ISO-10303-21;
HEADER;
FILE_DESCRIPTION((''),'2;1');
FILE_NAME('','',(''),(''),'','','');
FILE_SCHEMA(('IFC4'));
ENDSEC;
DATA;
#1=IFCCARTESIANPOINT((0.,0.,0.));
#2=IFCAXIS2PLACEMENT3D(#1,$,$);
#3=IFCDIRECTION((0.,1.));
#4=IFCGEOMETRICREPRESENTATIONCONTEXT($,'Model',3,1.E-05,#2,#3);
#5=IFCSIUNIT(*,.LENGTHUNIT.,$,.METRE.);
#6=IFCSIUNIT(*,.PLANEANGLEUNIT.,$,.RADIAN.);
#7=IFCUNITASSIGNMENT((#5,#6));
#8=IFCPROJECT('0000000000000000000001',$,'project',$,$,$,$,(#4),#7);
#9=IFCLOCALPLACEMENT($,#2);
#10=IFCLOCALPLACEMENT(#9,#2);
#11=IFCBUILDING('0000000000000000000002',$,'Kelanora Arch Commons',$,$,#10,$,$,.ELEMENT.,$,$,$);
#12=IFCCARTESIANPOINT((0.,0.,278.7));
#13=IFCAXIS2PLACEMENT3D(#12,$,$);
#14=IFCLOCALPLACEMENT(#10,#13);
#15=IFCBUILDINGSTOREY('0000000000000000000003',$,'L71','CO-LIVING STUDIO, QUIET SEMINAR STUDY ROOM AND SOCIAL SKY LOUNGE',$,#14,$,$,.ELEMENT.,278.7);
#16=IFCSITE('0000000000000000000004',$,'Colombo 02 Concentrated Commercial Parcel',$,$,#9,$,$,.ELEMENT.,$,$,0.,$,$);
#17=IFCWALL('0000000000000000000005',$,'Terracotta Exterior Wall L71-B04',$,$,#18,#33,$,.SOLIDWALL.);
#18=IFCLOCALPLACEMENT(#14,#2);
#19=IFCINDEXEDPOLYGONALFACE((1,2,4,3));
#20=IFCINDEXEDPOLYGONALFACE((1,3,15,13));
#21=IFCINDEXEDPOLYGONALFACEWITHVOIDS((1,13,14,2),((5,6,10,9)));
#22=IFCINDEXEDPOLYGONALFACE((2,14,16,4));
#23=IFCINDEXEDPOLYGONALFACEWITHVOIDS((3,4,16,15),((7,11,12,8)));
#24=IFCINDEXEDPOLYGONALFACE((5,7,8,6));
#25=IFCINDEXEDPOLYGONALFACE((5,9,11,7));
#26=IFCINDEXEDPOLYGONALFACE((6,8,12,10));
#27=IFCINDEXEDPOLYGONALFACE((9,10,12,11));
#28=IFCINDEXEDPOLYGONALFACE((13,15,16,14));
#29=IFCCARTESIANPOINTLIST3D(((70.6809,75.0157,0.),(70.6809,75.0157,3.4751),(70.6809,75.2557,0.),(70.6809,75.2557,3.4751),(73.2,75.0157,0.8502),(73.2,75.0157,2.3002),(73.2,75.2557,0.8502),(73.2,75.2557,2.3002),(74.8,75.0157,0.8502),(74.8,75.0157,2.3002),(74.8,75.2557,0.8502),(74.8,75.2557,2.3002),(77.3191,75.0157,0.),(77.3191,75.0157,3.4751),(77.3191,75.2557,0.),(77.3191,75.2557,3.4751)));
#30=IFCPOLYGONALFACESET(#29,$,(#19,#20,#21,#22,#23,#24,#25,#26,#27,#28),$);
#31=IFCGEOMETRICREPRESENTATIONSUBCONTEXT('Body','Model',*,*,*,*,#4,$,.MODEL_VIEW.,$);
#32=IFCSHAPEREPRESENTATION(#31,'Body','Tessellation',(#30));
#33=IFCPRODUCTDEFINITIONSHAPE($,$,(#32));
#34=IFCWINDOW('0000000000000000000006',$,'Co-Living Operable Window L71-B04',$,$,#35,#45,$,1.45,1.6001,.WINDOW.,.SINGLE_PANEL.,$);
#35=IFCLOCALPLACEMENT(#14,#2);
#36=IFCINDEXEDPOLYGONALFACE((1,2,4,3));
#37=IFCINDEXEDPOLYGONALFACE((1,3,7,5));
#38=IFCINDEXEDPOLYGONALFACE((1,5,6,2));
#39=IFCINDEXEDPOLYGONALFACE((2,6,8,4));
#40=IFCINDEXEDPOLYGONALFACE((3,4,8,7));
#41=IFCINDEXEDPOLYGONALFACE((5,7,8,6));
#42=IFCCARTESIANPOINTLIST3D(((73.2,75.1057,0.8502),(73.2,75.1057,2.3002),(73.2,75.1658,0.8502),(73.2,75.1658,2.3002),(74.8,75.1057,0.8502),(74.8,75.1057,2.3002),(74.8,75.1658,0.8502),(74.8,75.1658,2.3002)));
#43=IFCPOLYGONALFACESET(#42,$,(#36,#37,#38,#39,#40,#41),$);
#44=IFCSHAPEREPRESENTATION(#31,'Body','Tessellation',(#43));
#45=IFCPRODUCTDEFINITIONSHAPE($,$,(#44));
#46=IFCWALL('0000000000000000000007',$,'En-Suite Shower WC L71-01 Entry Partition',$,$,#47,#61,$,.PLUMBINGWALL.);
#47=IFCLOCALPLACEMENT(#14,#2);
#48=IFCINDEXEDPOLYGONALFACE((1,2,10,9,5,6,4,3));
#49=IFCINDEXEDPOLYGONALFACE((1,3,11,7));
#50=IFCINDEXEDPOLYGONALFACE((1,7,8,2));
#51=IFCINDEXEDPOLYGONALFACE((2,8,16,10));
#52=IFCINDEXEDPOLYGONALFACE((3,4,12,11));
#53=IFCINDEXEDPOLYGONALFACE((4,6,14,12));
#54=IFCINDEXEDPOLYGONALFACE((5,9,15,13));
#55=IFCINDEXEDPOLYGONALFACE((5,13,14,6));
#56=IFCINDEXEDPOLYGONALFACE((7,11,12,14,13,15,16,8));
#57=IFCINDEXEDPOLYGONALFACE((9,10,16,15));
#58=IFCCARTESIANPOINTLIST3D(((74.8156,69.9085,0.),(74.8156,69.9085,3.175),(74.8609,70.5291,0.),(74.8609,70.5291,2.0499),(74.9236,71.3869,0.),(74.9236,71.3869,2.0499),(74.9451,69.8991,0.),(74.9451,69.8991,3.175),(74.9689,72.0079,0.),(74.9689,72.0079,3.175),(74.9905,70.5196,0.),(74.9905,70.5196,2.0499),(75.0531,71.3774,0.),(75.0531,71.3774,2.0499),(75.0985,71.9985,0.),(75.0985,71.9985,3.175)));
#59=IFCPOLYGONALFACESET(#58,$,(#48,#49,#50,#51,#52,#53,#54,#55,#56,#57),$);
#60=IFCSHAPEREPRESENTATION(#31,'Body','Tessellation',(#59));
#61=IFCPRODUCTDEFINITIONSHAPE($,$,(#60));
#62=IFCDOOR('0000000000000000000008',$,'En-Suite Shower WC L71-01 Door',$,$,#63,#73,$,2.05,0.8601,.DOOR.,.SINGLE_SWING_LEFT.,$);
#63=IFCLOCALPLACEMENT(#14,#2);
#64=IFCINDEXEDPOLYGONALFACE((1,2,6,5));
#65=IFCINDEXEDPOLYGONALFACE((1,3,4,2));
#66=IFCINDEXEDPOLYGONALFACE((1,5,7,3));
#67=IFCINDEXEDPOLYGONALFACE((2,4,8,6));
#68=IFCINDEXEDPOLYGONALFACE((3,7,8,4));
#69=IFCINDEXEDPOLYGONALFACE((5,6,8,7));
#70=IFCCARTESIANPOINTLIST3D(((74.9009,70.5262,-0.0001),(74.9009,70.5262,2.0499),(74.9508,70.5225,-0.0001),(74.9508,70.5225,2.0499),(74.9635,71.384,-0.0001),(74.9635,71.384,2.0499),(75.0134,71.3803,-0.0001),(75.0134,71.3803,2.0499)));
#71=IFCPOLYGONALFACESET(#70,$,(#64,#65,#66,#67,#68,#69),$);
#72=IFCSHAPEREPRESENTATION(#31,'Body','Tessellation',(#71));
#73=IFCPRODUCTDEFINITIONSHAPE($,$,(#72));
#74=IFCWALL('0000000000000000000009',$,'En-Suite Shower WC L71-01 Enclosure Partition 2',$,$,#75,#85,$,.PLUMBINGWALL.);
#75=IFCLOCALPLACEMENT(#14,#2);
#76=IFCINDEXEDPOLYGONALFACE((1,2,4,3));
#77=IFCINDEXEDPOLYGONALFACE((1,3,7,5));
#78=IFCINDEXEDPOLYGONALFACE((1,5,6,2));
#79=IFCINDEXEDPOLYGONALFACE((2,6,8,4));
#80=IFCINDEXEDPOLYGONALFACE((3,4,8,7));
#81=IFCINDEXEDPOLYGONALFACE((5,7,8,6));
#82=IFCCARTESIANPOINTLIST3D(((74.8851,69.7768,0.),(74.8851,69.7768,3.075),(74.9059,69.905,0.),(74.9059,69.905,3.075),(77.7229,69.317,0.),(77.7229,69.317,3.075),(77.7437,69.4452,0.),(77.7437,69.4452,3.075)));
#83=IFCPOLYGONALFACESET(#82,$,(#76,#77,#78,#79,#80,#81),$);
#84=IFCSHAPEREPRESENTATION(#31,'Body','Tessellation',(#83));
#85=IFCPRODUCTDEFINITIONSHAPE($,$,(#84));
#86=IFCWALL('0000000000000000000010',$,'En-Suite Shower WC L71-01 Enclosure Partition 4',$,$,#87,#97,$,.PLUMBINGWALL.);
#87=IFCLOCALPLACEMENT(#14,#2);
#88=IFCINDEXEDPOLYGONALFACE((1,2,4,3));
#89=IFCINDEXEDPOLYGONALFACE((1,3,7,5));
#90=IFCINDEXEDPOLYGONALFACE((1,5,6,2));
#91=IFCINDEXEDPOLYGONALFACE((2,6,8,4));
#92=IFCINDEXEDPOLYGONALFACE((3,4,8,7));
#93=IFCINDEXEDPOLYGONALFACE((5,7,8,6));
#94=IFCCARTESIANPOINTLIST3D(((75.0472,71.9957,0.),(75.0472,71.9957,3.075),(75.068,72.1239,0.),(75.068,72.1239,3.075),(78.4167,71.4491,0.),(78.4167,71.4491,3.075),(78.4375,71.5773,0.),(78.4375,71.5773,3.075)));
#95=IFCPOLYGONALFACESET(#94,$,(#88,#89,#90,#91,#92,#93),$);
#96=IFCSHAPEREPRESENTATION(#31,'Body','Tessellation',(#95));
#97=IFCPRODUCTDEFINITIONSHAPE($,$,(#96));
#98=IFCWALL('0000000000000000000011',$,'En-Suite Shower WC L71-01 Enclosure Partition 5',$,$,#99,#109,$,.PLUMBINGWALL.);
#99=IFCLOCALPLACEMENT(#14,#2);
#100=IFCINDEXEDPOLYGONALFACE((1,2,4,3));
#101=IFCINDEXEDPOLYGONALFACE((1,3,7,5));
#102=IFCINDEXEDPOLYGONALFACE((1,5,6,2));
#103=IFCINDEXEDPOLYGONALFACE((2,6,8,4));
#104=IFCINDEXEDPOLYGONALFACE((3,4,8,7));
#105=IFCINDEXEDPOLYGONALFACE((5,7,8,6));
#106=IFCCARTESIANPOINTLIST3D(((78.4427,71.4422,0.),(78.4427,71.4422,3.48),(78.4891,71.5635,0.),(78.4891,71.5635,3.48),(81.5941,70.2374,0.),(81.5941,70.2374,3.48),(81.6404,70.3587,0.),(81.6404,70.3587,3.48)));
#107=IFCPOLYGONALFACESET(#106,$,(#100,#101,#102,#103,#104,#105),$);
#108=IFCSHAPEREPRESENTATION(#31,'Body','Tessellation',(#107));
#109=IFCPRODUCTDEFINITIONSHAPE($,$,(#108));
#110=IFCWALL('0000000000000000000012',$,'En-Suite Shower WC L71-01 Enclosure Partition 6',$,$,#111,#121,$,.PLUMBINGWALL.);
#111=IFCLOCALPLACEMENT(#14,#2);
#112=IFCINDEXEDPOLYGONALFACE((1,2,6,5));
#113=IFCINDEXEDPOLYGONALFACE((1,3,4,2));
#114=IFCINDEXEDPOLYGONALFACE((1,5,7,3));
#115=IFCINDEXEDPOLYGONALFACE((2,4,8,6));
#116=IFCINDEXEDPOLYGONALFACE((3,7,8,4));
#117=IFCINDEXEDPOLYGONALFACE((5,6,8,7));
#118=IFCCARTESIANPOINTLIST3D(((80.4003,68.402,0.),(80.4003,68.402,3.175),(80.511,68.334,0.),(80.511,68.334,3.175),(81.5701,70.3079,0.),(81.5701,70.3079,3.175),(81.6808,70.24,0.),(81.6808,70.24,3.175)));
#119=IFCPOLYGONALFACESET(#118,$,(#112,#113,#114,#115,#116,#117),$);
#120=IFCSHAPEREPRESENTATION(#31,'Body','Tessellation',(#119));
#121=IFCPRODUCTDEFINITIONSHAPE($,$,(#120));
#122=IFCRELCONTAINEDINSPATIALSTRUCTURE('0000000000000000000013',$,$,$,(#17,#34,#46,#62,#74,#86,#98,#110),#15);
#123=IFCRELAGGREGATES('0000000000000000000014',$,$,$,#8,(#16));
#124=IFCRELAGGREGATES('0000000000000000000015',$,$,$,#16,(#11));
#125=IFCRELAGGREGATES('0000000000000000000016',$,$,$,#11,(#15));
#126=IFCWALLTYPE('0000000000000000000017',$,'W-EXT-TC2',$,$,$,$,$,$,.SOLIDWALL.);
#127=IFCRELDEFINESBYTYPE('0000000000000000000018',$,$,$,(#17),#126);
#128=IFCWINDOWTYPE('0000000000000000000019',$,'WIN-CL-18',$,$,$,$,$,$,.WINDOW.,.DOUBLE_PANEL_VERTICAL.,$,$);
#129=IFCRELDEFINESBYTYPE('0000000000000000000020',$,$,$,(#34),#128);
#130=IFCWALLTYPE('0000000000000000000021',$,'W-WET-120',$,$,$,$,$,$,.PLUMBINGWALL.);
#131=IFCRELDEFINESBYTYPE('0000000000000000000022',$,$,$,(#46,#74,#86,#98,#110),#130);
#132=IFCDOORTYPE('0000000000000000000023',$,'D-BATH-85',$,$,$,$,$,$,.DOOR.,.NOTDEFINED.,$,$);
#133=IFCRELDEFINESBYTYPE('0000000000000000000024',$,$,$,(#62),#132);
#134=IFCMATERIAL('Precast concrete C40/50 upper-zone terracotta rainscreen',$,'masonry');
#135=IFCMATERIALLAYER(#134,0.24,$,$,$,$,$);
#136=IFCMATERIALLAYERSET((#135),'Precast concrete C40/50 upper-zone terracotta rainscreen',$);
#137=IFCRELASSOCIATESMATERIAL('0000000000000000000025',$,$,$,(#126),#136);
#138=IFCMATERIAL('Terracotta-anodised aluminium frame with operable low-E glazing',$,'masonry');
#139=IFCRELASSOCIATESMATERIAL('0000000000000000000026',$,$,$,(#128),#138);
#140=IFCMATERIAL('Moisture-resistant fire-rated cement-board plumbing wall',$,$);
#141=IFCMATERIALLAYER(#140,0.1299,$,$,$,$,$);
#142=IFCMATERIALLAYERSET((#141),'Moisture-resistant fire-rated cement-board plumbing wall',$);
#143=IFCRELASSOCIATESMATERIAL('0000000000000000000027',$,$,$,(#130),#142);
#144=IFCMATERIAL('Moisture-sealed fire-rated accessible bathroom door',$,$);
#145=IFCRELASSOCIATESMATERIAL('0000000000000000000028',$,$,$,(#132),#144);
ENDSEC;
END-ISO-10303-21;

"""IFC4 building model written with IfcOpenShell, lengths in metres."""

from ifc_helpers import new_model, si_unit, direction, frame, frame_2d, origin, place, context, subcontext, project, spatial, rectangle, extrude, material, layer, layer_set, type_object, element, fill, save


model = new_model("IFC4")

# Units and contexts
model_context = context("Model", 3, precision=1e-05, world=origin(), true_north=direction((0.0, 1.0)))
body_context = subcontext(model_context, "Body", "Model", "MODEL_VIEW")
ifc_project = project(units=[si_unit("LENGTHUNIT", "METRE"), si_unit("PLANEANGLEUNIT", "RADIAN")], contexts=[model_context])

# Site, building, storey
site_placement = place(None, origin())
site = spatial("IfcSite", under=ifc_project, at=site_placement, Name="Colombo 02 Concentrated Commercial Parcel", CompositionType="ELEMENT", RefElevation=0.0)
building_placement = place(site_placement, origin())
building = spatial("IfcBuilding", under=site, at=building_placement, Name="Kelanora Arch Commons", CompositionType="ELEMENT")
storey_placement = place(building_placement, frame((0.0, 0.0, 278.7)))
storey = spatial("IfcBuildingStorey", under=building, at=storey_placement, Name="L71", Description="CO-LIVING STUDIO, QUIET SEMINAR STUDY ROOM AND SOCIAL SKY LOUNGE", CompositionType="ELEMENT", Elevation=278.7)

# Wall, opening, window
ifc_material_1 = material(Name="Precast concrete C40/50 upper-zone terracotta rainscreen", Category="masonry")
ifc_layer_1 = layer(ifc_material_1, 0.24)
ifc_layer_set_1 = layer_set([ifc_layer_1], Name="Precast concrete C40/50 upper-zone terracotta rainscreen")
wall_type_1 = type_object("IfcWallType", Name="W-EXT-TC2", PredefinedType="SOLIDWALL", material=ifc_layer_set_1)
wall_1_placement = place(storey_placement, frame((77.3191, 75.1357, 0.0), z_axis=(0.0, 0.0, 1.0), x_axis=(-1.0, 0.0, 0.0)))
wall_1 = element("IfcWall", 1, at=wall_1_placement, inside=storey, type_object=wall_type_1, Name="Terracotta Exterior Wall L71-B04", PredefinedType="SOLIDWALL", context=body_context, shape_type="SweptSolid", body=[
    extrude(rectangle(XDim=6.6382, YDim=0.24, at=frame_2d((3.3191, 0.0))), origin(), (0.0, 0.0, 1.0), 3.4751),
])
opening_1_placement = place(wall_1_placement, frame((2.519, 0.0, 0.8501)))
opening_1 = element("IfcOpeningElement", 2, at=opening_1_placement, cuts=wall_1, PredefinedType="OPENING", context=body_context, shape_type="SweptSolid", body=[
    extrude(rectangle(XDim=1.6001, YDim=1.45, at=frame_2d((0.8, 0.7251))), frame((0.0, 0.1299, 0.0), z_axis=(0.0, -1.0, 0.0), x_axis=(1.0, 0.0, 0.0)), (0.0, 0.0, 1.0), 0.26),
])
ifc_material_2 = material(Name="Terracotta-anodised aluminium frame with operable low-E glazing", Category="masonry")
window_type = type_object("IfcWindowType", Name="WIN-CL-18", PartitioningType="DOUBLE_PANEL_VERTICAL", PredefinedType="WINDOW", material=ifc_material_2)
window_placement = place(opening_1_placement, origin())
window = element("IfcWindow", 3, at=window_placement, inside=storey, type_object=window_type, Name="Co-Living Operable Window L71-B04", OverallHeight=1.45, OverallWidth=1.6001, PartitioningType="SINGLE_PANEL", PredefinedType="WINDOW", context=body_context, shape_type="SweptSolid", body=[
    extrude(rectangle(XDim=1.6001, YDim=1.45, at=frame_2d((0.8, 0.7251))), frame((0.0, 0.03, 0.0), z_axis=(0.0, -1.0, 0.0), x_axis=(1.0, 0.0, 0.0)), (0.0, 0.0, 1.0), 0.0601),
])
fill(opening_1, window)

# Wall, opening, door
ifc_material_3 = material(Name="Moisture-resistant fire-rated cement-board plumbing wall")
ifc_layer_2 = layer(ifc_material_3, 0.1299)
ifc_layer_set_2 = layer_set([ifc_layer_2], Name="Moisture-resistant fire-rated cement-board plumbing wall")
wall_type_2 = type_object("IfcWallType", Name="W-WET-120", PredefinedType="PLUMBINGWALL", material=ifc_layer_set_2)
wall_2_placement = place(storey_placement, frame((74.8804, 69.9038, 0.0), z_axis=(0.0, 0.0, 1.0), x_axis=(0.072838, 0.997344, 0.0)))
wall_2 = element("IfcWall", 4, at=wall_2_placement, inside=storey, type_object=wall_type_2, Name="En-Suite Shower WC L71-01 Entry Partition", PredefinedType="PLUMBINGWALL", context=body_context, shape_type="SweptSolid", body=[
    extrude(rectangle(XDim=2.105, YDim=0.1299, at=frame_2d((1.0525, 0.0))), origin(), (0.0, 0.0, 1.0), 3.175),
])
opening_2_placement = place(wall_2_placement, frame((0.6221, 0.0, 0.0)))
opening_2 = element("IfcOpeningElement", 5, at=opening_2_placement, cuts=wall_2, PredefinedType="OPENING", context=body_context, shape_type="SweptSolid", body=[
    extrude(rectangle(XDim=0.8601, YDim=2.05, at=frame_2d((0.4302, 1.0249))), frame((0.0, 0.075, 0.0), z_axis=(0.0, -1.0, 0.0), x_axis=(1.0, 0.0, 0.0)), (0.0, 0.0, 1.0), 0.1499),
])
ifc_material_4 = material(Name="Moisture-sealed fire-rated accessible bathroom door")
door_type_1 = type_object("IfcDoorType", Name="D-BATH-85", OperationType="NOTDEFINED", PredefinedType="DOOR", material=ifc_material_4)
door_1_placement = place(opening_2_placement, origin())
door_1 = element("IfcDoor", 6, at=door_1_placement, inside=storey, type_object=door_type_1, Name="En-Suite Shower WC L71-01 Door", OperationType="SINGLE_SWING_LEFT", OverallHeight=2.05, OverallWidth=0.8601, PredefinedType="DOOR", context=body_context, shape_type="SweptSolid", body=[
    extrude(rectangle(XDim=0.8601, YDim=2.05, at=frame_2d((0.4302, 1.0249))), frame((0.0, 0.0249, 0.0), z_axis=(0.0, -1.0, 0.0), x_axis=(1.0, 0.0, 0.0)), (0.0, 0.0, 1.0), 0.05),
])
fill(opening_2, door_1)

# Walls
wall_3_placement = place(storey_placement, frame((77.7334, 69.3811, 0.0), z_axis=(0.0, 0.0, 1.0), x_axis=(-0.98713, 0.159921, 0.0)))
element("IfcWall", 7, at=wall_3_placement, inside=storey, type_object=wall_type_2, Name="En-Suite Shower WC L71-01 Enclosure Partition 2", PredefinedType="PLUMBINGWALL", context=body_context, shape_type="SweptSolid", body=[
    extrude(rectangle(XDim=2.8748, YDim=0.1299, at=frame_2d((1.4375, 0.0))), origin(), (0.0, 0.0, 1.0), 3.075),
])
wall_4_placement = place(storey_placement, frame((75.0576, 72.0598, 0.0), z_axis=(0.0, 0.0, 1.0), x_axis=(0.987096, -0.16013, 0.0)))
element("IfcWall", 8, at=wall_4_placement, inside=storey, type_object=wall_type_2, Name="En-Suite Shower WC L71-01 Enclosure Partition 4", PredefinedType="PLUMBINGWALL", context=body_context, shape_type="SweptSolid", body=[
    extrude(rectangle(XDim=3.4136, YDim=0.1299, at=frame_2d((1.7068, 0.0))), origin(), (0.0, 0.0, 1.0), 3.075),
])
wall_5_placement = place(storey_placement, frame((78.4658, 71.5029, 0.0), z_axis=(0.0, 0.0, 1.0), x_axis=(0.934062, -0.357111, 0.0)))
element("IfcWall", 9, at=wall_5_placement, inside=storey, type_object=wall_type_2, Name="En-Suite Shower WC L71-01 Enclosure Partition 5", PredefinedType="PLUMBINGWALL", context=body_context, shape_type="SweptSolid", body=[
    extrude(rectangle(XDim=3.3738, YDim=0.1299, at=frame_2d((1.687, 0.0))), origin(), (0.0, 0.0, 1.0), 3.48),
])
wall_6_placement = place(storey_placement, frame((81.6255, 70.2739, 0.0), z_axis=(0.0, 0.0, 1.0), x_axis=(-0.523123, -0.852257, 0.0)))
element("IfcWall", 10, at=wall_6_placement, inside=storey, type_object=wall_type_2, Name="En-Suite Shower WC L71-01 Enclosure Partition 6", PredefinedType="PLUMBINGWALL", context=body_context, shape_type="SweptSolid", body=[
    extrude(rectangle(XDim=2.2363, YDim=0.1299, at=frame_2d((1.1182, 0.0))), origin(), (0.0, 0.0, 1.0), 3.175),
])

save(model, "model.ifc")
